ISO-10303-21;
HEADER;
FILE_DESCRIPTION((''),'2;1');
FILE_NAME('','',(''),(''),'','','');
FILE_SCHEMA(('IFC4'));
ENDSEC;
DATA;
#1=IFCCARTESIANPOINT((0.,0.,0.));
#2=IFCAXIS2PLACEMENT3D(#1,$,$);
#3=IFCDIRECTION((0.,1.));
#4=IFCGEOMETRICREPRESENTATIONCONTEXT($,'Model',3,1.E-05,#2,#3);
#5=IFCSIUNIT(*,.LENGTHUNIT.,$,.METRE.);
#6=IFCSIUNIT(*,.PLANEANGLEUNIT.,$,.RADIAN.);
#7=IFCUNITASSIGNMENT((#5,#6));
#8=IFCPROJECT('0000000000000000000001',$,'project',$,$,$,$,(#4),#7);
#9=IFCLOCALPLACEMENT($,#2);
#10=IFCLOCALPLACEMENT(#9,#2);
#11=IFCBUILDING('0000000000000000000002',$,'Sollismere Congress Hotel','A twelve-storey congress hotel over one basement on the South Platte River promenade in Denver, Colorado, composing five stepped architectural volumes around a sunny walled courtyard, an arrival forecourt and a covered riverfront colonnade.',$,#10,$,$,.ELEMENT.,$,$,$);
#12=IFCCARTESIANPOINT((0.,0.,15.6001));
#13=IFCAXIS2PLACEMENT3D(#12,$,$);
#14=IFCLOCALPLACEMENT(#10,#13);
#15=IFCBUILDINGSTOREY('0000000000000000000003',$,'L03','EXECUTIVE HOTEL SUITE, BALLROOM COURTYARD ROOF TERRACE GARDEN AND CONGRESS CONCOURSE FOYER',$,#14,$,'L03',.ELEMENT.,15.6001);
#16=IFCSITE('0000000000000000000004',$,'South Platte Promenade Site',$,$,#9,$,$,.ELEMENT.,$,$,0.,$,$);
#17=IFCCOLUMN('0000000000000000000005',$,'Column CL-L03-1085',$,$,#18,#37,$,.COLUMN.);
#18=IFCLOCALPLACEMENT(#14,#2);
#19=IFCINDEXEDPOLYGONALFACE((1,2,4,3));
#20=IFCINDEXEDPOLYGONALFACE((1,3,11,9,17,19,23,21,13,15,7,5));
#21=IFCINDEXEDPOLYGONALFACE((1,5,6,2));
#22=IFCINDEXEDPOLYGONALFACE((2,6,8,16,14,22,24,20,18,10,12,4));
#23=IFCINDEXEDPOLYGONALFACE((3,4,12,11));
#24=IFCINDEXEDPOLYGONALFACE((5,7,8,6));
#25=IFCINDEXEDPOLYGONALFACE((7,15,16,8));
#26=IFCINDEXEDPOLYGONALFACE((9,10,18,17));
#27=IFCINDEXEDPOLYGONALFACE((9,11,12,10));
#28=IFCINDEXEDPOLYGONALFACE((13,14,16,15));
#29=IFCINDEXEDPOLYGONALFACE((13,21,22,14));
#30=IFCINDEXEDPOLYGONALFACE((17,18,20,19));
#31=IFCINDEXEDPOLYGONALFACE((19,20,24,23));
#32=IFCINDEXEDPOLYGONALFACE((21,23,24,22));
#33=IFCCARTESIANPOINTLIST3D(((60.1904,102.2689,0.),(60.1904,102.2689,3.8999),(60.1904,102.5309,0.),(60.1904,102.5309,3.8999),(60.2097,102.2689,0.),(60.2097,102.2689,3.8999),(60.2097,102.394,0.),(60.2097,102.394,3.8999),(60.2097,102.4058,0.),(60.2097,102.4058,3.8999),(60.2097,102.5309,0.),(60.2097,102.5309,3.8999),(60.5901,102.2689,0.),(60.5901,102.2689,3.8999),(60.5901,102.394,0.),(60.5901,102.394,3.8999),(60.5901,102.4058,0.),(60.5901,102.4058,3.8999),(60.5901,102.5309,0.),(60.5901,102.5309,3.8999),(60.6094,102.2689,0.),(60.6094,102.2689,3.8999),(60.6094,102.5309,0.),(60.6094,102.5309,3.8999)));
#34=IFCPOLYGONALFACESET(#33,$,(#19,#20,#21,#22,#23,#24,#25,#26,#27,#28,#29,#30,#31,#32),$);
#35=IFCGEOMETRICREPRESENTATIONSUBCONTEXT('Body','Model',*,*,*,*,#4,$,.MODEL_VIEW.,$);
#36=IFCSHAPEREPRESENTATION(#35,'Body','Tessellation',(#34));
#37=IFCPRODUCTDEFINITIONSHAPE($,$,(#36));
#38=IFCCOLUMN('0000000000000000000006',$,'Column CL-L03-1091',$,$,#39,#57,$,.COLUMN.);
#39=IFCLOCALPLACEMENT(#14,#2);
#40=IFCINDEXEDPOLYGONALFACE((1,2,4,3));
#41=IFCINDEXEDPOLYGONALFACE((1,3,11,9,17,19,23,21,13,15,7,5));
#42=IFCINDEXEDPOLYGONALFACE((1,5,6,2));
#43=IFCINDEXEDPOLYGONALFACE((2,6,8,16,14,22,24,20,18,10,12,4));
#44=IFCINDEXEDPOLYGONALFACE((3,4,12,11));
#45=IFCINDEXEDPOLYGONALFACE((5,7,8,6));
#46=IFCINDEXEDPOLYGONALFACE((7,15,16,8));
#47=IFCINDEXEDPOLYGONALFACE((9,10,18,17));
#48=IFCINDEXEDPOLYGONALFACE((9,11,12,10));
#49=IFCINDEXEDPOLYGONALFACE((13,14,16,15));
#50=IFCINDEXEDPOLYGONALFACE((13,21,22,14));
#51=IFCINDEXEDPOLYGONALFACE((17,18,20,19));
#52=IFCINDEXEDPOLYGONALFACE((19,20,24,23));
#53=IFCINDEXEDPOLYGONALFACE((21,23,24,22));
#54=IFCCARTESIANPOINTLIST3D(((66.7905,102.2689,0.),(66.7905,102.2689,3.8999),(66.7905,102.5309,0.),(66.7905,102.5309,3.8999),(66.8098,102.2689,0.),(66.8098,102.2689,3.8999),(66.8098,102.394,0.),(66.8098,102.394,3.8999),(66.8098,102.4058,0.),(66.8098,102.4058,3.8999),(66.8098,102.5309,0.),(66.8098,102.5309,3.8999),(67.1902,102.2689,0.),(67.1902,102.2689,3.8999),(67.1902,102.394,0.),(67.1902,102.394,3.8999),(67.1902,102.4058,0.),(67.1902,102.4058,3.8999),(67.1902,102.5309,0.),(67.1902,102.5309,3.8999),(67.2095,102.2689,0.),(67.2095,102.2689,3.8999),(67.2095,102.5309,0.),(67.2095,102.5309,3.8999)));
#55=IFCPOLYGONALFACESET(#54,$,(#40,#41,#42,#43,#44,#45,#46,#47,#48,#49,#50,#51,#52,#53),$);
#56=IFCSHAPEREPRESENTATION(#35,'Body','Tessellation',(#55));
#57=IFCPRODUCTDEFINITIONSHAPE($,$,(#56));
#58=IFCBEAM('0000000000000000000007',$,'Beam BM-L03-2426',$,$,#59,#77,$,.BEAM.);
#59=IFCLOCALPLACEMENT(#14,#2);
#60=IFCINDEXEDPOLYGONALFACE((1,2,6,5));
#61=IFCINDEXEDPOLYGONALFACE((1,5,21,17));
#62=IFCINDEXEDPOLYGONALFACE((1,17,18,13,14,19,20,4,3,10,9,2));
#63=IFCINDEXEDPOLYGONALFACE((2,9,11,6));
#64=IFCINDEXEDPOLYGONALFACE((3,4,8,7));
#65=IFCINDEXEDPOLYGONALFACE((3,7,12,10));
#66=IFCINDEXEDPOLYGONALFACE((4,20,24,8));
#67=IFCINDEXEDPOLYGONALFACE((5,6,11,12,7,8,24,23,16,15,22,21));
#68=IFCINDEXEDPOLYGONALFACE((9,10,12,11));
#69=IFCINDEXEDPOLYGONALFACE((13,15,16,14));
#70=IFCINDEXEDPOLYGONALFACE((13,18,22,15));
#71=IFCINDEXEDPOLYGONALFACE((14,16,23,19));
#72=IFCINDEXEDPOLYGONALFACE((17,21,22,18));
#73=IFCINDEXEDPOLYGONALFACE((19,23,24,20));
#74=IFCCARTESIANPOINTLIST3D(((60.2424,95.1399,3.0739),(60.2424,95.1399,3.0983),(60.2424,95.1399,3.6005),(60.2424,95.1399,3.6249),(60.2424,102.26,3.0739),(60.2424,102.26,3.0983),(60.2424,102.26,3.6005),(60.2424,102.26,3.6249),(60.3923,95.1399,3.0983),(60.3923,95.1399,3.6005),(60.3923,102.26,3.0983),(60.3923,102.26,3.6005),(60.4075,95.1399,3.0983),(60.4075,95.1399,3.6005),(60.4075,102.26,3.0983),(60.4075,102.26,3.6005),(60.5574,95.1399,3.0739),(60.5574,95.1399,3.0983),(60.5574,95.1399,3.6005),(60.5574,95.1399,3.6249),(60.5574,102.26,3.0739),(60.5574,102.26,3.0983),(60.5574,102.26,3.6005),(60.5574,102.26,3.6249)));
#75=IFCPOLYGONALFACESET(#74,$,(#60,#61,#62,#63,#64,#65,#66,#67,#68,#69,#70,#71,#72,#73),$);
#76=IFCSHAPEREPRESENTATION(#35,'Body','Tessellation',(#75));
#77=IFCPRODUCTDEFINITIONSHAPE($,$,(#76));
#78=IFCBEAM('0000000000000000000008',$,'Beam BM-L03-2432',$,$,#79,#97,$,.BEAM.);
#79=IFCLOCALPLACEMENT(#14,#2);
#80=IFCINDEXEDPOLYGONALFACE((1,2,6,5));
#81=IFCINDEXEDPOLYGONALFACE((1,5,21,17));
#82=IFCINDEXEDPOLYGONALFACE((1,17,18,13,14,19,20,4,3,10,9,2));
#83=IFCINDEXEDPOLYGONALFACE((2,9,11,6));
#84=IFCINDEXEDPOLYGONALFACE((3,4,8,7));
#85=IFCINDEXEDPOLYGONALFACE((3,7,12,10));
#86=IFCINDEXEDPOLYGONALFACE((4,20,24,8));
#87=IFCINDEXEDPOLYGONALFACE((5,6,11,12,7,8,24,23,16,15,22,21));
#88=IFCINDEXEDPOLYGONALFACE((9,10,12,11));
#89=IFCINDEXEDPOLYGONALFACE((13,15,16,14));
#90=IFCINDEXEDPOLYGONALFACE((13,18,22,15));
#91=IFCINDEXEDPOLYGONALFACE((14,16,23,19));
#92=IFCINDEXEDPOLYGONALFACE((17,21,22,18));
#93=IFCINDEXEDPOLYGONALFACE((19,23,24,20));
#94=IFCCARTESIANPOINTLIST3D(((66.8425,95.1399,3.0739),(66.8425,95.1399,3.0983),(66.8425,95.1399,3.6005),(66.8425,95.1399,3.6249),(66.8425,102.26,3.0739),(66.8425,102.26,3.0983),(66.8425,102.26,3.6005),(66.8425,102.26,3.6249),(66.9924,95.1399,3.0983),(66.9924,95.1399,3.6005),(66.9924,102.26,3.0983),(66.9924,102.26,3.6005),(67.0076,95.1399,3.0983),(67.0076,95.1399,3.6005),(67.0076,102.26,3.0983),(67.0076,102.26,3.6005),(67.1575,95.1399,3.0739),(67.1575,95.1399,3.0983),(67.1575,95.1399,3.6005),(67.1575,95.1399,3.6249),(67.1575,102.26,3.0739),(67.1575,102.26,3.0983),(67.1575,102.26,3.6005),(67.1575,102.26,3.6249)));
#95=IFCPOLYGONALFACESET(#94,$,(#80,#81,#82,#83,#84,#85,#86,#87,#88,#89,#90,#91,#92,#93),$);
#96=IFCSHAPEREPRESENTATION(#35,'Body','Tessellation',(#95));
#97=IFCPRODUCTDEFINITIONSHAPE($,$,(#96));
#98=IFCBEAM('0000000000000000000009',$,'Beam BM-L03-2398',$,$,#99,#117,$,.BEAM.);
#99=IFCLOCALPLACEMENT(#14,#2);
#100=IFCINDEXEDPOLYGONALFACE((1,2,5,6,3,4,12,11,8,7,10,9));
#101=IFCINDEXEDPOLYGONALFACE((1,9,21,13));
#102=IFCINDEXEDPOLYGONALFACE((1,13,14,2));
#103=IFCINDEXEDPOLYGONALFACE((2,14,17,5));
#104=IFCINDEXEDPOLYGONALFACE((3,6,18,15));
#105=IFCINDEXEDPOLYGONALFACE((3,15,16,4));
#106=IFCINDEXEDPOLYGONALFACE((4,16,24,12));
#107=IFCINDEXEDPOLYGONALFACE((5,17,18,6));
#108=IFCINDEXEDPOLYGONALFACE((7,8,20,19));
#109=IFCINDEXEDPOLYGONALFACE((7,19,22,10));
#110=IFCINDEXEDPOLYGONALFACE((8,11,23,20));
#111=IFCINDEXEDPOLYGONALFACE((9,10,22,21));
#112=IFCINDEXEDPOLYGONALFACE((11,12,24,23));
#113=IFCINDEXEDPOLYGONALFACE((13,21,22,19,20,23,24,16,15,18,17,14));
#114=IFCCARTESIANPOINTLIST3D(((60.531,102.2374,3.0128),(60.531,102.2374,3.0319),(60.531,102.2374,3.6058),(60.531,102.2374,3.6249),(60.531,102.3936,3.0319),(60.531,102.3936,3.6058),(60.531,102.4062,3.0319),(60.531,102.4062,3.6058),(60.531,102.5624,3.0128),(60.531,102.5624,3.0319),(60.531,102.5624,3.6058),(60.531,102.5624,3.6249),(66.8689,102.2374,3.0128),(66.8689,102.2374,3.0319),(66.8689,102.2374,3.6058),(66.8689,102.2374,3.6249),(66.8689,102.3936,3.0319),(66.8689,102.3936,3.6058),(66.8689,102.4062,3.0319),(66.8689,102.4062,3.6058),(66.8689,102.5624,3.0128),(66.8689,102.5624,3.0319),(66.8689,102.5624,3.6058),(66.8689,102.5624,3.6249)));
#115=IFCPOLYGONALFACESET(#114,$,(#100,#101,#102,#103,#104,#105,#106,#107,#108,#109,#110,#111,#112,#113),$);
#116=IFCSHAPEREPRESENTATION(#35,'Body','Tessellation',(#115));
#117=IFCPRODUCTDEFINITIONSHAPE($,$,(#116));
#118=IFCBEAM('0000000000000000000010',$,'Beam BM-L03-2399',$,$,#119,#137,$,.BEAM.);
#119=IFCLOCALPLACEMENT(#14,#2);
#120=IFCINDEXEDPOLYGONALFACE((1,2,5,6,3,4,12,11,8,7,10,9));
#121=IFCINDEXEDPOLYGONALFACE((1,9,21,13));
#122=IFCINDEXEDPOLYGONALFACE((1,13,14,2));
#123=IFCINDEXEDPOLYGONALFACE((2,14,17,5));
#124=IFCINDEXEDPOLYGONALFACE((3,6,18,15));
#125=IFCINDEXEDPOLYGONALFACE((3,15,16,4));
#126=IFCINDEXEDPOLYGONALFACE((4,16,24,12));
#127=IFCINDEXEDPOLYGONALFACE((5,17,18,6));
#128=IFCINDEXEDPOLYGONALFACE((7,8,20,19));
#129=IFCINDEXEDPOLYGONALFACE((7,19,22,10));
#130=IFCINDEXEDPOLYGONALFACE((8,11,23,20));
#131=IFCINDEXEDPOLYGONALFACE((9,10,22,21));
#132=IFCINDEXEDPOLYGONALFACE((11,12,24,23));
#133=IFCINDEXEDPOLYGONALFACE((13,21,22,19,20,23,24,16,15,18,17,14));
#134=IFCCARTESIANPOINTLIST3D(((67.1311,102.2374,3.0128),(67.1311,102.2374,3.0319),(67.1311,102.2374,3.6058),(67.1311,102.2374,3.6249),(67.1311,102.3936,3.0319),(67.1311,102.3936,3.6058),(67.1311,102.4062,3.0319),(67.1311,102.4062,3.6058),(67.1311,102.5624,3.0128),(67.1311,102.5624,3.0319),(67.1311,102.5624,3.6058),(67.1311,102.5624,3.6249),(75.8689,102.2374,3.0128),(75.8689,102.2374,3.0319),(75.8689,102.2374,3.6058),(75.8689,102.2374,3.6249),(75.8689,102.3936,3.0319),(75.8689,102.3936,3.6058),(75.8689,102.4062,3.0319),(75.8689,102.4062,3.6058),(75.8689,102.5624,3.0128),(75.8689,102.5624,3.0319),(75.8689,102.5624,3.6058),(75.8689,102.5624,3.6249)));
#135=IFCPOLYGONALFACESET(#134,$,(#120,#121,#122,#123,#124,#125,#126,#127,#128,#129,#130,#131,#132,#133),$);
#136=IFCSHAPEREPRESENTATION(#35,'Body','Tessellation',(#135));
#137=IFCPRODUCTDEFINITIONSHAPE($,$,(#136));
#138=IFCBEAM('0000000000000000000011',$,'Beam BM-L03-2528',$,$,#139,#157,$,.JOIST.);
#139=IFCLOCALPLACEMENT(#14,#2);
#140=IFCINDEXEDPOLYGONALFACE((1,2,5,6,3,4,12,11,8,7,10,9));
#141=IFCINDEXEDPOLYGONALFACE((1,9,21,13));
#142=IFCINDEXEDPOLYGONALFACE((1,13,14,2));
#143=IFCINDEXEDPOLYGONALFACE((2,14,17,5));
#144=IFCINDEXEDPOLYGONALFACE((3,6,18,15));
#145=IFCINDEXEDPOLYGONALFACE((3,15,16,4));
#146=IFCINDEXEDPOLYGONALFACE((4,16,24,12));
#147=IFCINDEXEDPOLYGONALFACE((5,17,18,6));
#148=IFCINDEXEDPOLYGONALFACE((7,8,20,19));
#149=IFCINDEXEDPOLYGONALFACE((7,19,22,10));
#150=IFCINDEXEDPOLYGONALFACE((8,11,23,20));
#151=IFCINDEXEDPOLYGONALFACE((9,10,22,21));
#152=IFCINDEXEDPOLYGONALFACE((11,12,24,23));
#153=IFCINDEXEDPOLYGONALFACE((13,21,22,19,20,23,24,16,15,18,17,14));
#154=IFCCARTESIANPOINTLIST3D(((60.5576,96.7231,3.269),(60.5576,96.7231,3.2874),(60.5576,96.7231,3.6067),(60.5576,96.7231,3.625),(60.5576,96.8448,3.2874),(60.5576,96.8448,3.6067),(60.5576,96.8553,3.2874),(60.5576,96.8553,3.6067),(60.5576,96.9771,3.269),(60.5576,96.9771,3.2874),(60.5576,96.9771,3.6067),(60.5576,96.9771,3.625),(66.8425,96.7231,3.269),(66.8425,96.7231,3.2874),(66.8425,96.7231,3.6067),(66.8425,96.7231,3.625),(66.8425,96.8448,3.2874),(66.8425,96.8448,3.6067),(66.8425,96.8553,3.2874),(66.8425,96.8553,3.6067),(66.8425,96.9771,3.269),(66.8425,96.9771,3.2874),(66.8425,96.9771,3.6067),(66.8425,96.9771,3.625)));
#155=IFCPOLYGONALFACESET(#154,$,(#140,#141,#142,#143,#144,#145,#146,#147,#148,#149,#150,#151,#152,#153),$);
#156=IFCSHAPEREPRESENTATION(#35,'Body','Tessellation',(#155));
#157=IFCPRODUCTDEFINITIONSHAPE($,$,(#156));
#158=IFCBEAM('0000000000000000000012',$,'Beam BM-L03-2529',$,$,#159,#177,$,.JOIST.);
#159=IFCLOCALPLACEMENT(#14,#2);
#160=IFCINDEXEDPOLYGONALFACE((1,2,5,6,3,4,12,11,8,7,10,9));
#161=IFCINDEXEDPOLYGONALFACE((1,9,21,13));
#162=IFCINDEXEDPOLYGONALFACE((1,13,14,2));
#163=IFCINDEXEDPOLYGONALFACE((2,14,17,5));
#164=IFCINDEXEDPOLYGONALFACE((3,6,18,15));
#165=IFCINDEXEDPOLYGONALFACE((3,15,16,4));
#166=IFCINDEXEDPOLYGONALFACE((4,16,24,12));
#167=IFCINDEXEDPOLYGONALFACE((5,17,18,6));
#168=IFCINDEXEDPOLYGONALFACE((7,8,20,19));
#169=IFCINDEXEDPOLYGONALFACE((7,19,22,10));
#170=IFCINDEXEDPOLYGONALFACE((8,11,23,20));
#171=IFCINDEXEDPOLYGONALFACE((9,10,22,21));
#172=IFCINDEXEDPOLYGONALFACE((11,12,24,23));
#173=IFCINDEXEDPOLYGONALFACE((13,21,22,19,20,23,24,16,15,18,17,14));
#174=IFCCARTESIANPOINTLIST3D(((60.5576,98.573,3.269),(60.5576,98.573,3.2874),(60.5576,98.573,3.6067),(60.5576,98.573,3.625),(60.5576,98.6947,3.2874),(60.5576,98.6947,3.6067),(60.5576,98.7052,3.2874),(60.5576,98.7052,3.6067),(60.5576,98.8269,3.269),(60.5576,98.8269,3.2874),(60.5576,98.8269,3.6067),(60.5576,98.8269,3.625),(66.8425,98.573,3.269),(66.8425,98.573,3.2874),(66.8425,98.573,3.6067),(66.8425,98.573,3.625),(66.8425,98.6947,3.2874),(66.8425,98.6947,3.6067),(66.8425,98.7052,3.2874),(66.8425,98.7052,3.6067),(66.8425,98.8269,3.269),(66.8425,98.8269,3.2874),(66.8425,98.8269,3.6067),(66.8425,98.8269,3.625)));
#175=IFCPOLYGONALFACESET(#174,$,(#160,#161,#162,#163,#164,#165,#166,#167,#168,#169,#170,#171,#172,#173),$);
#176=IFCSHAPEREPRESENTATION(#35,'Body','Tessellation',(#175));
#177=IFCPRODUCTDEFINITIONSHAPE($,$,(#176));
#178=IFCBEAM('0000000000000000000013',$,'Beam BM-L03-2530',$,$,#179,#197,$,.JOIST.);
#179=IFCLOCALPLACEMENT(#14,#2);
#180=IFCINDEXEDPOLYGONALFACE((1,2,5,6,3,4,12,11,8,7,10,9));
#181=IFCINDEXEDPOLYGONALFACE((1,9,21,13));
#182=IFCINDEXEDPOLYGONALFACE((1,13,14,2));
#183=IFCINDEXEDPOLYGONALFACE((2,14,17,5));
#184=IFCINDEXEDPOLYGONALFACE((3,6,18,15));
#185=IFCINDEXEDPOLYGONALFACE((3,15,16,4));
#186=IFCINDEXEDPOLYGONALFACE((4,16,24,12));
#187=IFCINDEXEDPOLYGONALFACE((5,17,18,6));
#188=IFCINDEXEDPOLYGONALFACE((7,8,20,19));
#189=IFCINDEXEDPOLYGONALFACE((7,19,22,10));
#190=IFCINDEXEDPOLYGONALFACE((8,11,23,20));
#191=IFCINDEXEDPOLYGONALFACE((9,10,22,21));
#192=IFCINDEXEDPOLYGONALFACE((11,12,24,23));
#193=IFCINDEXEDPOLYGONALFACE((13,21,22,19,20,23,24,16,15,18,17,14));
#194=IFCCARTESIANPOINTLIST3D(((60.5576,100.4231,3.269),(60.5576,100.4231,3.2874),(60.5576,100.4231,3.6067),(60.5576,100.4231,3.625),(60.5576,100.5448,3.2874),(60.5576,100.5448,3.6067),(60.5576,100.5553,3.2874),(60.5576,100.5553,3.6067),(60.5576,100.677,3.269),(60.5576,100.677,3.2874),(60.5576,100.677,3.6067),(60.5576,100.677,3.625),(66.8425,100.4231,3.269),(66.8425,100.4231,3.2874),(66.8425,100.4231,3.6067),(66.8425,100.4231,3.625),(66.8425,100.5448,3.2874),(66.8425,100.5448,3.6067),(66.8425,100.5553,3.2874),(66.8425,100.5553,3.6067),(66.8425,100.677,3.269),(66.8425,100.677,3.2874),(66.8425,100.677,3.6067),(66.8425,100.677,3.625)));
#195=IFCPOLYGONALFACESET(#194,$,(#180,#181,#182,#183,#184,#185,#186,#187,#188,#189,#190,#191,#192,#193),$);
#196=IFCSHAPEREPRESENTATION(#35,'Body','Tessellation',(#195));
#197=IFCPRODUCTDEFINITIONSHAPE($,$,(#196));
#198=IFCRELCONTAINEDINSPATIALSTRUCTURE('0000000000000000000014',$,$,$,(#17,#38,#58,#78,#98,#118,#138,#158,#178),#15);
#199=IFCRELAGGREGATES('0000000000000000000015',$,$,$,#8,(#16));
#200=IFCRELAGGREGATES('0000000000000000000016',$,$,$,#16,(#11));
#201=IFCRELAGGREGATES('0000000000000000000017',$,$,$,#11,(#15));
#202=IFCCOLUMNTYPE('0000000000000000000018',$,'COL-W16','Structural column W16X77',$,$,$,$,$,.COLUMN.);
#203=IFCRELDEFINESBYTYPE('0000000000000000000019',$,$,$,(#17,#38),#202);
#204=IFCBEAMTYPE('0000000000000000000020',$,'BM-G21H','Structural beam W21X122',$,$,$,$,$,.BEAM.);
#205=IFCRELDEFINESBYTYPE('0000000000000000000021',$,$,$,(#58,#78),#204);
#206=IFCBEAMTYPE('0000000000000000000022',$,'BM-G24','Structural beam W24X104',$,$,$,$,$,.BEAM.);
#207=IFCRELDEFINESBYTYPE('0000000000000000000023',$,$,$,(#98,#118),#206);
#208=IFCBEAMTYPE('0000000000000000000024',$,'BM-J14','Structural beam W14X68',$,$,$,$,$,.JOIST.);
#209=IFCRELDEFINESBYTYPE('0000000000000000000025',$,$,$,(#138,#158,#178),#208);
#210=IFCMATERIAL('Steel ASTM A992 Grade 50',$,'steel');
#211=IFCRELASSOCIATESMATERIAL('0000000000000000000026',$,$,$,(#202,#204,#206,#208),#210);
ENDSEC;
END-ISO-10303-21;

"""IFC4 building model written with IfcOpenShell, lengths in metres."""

from ifc_helpers import new_model, si_unit, direction, frame, origin, origin_2d, place, context, subcontext, project, spatial, i_section, extrude, material, material_profile, profile_set, type_object, element, save


model = new_model("IFC4")

# Units and contexts
model_context = context("Model", 3, precision=1e-05, world=origin(), true_north=direction((0.0, 1.0)))
body_context = subcontext(model_context, "Body", "Model", "MODEL_VIEW")
ifc_project = project(units=[si_unit("LENGTHUNIT", "METRE"), si_unit("PLANEANGLEUNIT", "RADIAN")], contexts=[model_context])

# Site, building, storey
site_placement = place(None, origin())
site = spatial("IfcSite", under=ifc_project, at=site_placement, Name="South Platte Promenade Site", CompositionType="ELEMENT", RefElevation=0.0)
building_placement = place(site_placement, origin())
building = spatial("IfcBuilding", under=site, at=building_placement, Name="Sollismere Congress Hotel", Description="A twelve-storey congress hotel over one basement on the South Platte River promenade in Denver, Colorado, composing five stepped architectural volumes around a sunny walled courtyard, an arrival forecourt and a covered riverfront colonnade.", CompositionType="ELEMENT")
storey_placement = place(building_placement, frame((0.0, 0.0, 15.6001)))
storey = spatial("IfcBuildingStorey", under=building, at=storey_placement, Name="L03", Description="EXECUTIVE HOTEL SUITE, BALLROOM COURTYARD ROOF TERRACE GARDEN AND CONGRESS CONCOURSE FOYER", LongName="L03", CompositionType="ELEMENT", Elevation=15.6001)

# Columns
ifc_material_1 = material(Name="Steel ASTM A992 Grade 50", Category="steel")
ifc_material_profile_1 = material_profile(ifc_material_1, i_section(OverallWidth=0.262, OverallDepth=0.4189, WebThickness=0.0117, FlangeThickness=0.0193, at=origin_2d()), Name="W16X77")
ifc_profile_set_1 = profile_set([ifc_material_profile_1], Name="Steel ASTM A992 Grade 50")
column_type = type_object("IfcColumnType", Name="COL-W16", Description="Structural column W16X77", PredefinedType="COLUMN", material=ifc_profile_set_1)
for number, where, z_axis, x_axis, name in (
    (1, (60.3999, 102.3999, 0.0), (0.0, 0.0, 1.0), (0.0, 1.0, 0.0), "Column CL-L03-1085"),
    (2, (67.0, 102.3999, 0.0), (0.0, 0.0, 1.0), (0.0, 1.0, 0.0), "Column CL-L03-1091"),
):
    element("IfcColumn", number, at=place(storey_placement, frame(where, z_axis=z_axis, x_axis=x_axis)), inside=storey, type_object=column_type, Name=name, PredefinedType="COLUMN", context=body_context, shape_type="SweptSolid", body=[
        extrude(i_section(OverallWidth=0.262, OverallDepth=0.4189, WebThickness=0.0117, FlangeThickness=0.0193, at=origin_2d()), origin(), (0.0, 0.0, 1.0), 3.8999),
    ])

# Beams
ifc_material_profile_2 = material_profile(ifc_material_1, i_section(OverallWidth=0.3149, OverallDepth=0.551, WebThickness=0.0151, FlangeThickness=0.0244, at=origin_2d()), Name="W21X122")
ifc_profile_set_2 = profile_set([ifc_material_profile_2], Name="Steel ASTM A992 Grade 50")
beam_type_1 = type_object("IfcBeamType", Name="BM-G21H", Description="Structural beam W21X122", PredefinedType="BEAM", material=ifc_profile_set_2)
for number, where, z_axis, x_axis, name in (
    (3, (60.3999, 95.1399, 3.3494), (0.0, 1.0, 0.0), (-1.0, 0.0, 0.0), "Beam BM-L03-2426"),
    (4, (67.0, 95.1399, 3.3494), (0.0, 1.0, 0.0), (-1.0, 0.0, 0.0), "Beam BM-L03-2432"),
):
    element("IfcBeam", number, at=place(storey_placement, frame(where, z_axis=z_axis, x_axis=x_axis)), inside=storey, type_object=beam_type_1, Name=name, PredefinedType="BEAM", context=body_context, shape_type="SweptSolid", body=[
        extrude(i_section(OverallWidth=0.3149, OverallDepth=0.551, WebThickness=0.0151, FlangeThickness=0.0244, at=origin_2d()), origin(), (0.0, 0.0, 1.0), 7.1201),
    ])
ifc_material_profile_3 = material_profile(ifc_material_1, i_section(OverallWidth=0.325, OverallDepth=0.6121, WebThickness=0.0127, FlangeThickness=0.019, at=origin_2d()), Name="W24X104")
ifc_profile_set_3 = profile_set([ifc_material_profile_3], Name="Steel ASTM A992 Grade 50")
beam_type_2 = type_object("IfcBeamType", Name="BM-G24", Description="Structural beam W24X104", PredefinedType="BEAM", material=ifc_profile_set_3)
beam_1_placement = place(storey_placement, frame((60.531, 102.3999, 3.3188), z_axis=(1.0, 0.0, 0.0), x_axis=(0.0, 1.0, 0.0)))
element("IfcBeam", 5, at=beam_1_placement, inside=storey, type_object=beam_type_2, Name="Beam BM-L03-2398", PredefinedType="BEAM", context=body_context, shape_type="SweptSolid", body=[
    extrude(i_section(OverallWidth=0.325, OverallDepth=0.6121, WebThickness=0.0127, FlangeThickness=0.019, at=origin_2d()), origin(), (0.0, 0.0, 1.0), 6.3379),
])
beam_2_placement = place(storey_placement, frame((67.1311, 102.3999, 3.3188), z_axis=(1.0, 0.0, 0.0), x_axis=(0.0, 1.0, 0.0)))
element("IfcBeam", 6, at=beam_2_placement, inside=storey, type_object=beam_type_2, Name="Beam BM-L03-2399", PredefinedType="BEAM", context=body_context, shape_type="SweptSolid", body=[
    extrude(i_section(OverallWidth=0.325, OverallDepth=0.6121, WebThickness=0.0127, FlangeThickness=0.019, at=origin_2d()), origin(), (0.0, 0.0, 1.0), 8.7378),
])
ifc_material_profile_4 = material_profile(ifc_material_1, i_section(OverallWidth=0.2539, OverallDepth=0.356, WebThickness=0.0105, FlangeThickness=0.0183, at=origin_2d()), Name="W14X68")
ifc_profile_set_4 = profile_set([ifc_material_profile_4], Name="Steel ASTM A992 Grade 50")
beam_type_3 = type_object("IfcBeamType", Name="BM-J14", Description="Structural beam W14X68", PredefinedType="JOIST", material=ifc_profile_set_4)
for number, where, z_axis, x_axis, name in (
    (7, (60.5576, 96.8501, 3.447), (1.0, 0.0, 0.0), (0.0, 1.0, 0.0), "Beam BM-L03-2528"),
    (8, (60.5576, 98.7, 3.447), (1.0, 0.0, 0.0), (0.0, 1.0, 0.0), "Beam BM-L03-2529"),
    (9, (60.5576, 100.55, 3.447), (1.0, 0.0, 0.0), (0.0, 1.0, 0.0), "Beam BM-L03-2530"),
):
    element("IfcBeam", number, at=place(storey_placement, frame(where, z_axis=z_axis, x_axis=x_axis)), inside=storey, type_object=beam_type_3, Name=name, PredefinedType="JOIST", context=body_context, shape_type="SweptSolid", body=[
        extrude(i_section(OverallWidth=0.2539, OverallDepth=0.356, WebThickness=0.0105, FlangeThickness=0.0183, at=origin_2d()), origin(), (0.0, 0.0, 1.0), 6.2849),
    ])

save(model, "model.ifc")
